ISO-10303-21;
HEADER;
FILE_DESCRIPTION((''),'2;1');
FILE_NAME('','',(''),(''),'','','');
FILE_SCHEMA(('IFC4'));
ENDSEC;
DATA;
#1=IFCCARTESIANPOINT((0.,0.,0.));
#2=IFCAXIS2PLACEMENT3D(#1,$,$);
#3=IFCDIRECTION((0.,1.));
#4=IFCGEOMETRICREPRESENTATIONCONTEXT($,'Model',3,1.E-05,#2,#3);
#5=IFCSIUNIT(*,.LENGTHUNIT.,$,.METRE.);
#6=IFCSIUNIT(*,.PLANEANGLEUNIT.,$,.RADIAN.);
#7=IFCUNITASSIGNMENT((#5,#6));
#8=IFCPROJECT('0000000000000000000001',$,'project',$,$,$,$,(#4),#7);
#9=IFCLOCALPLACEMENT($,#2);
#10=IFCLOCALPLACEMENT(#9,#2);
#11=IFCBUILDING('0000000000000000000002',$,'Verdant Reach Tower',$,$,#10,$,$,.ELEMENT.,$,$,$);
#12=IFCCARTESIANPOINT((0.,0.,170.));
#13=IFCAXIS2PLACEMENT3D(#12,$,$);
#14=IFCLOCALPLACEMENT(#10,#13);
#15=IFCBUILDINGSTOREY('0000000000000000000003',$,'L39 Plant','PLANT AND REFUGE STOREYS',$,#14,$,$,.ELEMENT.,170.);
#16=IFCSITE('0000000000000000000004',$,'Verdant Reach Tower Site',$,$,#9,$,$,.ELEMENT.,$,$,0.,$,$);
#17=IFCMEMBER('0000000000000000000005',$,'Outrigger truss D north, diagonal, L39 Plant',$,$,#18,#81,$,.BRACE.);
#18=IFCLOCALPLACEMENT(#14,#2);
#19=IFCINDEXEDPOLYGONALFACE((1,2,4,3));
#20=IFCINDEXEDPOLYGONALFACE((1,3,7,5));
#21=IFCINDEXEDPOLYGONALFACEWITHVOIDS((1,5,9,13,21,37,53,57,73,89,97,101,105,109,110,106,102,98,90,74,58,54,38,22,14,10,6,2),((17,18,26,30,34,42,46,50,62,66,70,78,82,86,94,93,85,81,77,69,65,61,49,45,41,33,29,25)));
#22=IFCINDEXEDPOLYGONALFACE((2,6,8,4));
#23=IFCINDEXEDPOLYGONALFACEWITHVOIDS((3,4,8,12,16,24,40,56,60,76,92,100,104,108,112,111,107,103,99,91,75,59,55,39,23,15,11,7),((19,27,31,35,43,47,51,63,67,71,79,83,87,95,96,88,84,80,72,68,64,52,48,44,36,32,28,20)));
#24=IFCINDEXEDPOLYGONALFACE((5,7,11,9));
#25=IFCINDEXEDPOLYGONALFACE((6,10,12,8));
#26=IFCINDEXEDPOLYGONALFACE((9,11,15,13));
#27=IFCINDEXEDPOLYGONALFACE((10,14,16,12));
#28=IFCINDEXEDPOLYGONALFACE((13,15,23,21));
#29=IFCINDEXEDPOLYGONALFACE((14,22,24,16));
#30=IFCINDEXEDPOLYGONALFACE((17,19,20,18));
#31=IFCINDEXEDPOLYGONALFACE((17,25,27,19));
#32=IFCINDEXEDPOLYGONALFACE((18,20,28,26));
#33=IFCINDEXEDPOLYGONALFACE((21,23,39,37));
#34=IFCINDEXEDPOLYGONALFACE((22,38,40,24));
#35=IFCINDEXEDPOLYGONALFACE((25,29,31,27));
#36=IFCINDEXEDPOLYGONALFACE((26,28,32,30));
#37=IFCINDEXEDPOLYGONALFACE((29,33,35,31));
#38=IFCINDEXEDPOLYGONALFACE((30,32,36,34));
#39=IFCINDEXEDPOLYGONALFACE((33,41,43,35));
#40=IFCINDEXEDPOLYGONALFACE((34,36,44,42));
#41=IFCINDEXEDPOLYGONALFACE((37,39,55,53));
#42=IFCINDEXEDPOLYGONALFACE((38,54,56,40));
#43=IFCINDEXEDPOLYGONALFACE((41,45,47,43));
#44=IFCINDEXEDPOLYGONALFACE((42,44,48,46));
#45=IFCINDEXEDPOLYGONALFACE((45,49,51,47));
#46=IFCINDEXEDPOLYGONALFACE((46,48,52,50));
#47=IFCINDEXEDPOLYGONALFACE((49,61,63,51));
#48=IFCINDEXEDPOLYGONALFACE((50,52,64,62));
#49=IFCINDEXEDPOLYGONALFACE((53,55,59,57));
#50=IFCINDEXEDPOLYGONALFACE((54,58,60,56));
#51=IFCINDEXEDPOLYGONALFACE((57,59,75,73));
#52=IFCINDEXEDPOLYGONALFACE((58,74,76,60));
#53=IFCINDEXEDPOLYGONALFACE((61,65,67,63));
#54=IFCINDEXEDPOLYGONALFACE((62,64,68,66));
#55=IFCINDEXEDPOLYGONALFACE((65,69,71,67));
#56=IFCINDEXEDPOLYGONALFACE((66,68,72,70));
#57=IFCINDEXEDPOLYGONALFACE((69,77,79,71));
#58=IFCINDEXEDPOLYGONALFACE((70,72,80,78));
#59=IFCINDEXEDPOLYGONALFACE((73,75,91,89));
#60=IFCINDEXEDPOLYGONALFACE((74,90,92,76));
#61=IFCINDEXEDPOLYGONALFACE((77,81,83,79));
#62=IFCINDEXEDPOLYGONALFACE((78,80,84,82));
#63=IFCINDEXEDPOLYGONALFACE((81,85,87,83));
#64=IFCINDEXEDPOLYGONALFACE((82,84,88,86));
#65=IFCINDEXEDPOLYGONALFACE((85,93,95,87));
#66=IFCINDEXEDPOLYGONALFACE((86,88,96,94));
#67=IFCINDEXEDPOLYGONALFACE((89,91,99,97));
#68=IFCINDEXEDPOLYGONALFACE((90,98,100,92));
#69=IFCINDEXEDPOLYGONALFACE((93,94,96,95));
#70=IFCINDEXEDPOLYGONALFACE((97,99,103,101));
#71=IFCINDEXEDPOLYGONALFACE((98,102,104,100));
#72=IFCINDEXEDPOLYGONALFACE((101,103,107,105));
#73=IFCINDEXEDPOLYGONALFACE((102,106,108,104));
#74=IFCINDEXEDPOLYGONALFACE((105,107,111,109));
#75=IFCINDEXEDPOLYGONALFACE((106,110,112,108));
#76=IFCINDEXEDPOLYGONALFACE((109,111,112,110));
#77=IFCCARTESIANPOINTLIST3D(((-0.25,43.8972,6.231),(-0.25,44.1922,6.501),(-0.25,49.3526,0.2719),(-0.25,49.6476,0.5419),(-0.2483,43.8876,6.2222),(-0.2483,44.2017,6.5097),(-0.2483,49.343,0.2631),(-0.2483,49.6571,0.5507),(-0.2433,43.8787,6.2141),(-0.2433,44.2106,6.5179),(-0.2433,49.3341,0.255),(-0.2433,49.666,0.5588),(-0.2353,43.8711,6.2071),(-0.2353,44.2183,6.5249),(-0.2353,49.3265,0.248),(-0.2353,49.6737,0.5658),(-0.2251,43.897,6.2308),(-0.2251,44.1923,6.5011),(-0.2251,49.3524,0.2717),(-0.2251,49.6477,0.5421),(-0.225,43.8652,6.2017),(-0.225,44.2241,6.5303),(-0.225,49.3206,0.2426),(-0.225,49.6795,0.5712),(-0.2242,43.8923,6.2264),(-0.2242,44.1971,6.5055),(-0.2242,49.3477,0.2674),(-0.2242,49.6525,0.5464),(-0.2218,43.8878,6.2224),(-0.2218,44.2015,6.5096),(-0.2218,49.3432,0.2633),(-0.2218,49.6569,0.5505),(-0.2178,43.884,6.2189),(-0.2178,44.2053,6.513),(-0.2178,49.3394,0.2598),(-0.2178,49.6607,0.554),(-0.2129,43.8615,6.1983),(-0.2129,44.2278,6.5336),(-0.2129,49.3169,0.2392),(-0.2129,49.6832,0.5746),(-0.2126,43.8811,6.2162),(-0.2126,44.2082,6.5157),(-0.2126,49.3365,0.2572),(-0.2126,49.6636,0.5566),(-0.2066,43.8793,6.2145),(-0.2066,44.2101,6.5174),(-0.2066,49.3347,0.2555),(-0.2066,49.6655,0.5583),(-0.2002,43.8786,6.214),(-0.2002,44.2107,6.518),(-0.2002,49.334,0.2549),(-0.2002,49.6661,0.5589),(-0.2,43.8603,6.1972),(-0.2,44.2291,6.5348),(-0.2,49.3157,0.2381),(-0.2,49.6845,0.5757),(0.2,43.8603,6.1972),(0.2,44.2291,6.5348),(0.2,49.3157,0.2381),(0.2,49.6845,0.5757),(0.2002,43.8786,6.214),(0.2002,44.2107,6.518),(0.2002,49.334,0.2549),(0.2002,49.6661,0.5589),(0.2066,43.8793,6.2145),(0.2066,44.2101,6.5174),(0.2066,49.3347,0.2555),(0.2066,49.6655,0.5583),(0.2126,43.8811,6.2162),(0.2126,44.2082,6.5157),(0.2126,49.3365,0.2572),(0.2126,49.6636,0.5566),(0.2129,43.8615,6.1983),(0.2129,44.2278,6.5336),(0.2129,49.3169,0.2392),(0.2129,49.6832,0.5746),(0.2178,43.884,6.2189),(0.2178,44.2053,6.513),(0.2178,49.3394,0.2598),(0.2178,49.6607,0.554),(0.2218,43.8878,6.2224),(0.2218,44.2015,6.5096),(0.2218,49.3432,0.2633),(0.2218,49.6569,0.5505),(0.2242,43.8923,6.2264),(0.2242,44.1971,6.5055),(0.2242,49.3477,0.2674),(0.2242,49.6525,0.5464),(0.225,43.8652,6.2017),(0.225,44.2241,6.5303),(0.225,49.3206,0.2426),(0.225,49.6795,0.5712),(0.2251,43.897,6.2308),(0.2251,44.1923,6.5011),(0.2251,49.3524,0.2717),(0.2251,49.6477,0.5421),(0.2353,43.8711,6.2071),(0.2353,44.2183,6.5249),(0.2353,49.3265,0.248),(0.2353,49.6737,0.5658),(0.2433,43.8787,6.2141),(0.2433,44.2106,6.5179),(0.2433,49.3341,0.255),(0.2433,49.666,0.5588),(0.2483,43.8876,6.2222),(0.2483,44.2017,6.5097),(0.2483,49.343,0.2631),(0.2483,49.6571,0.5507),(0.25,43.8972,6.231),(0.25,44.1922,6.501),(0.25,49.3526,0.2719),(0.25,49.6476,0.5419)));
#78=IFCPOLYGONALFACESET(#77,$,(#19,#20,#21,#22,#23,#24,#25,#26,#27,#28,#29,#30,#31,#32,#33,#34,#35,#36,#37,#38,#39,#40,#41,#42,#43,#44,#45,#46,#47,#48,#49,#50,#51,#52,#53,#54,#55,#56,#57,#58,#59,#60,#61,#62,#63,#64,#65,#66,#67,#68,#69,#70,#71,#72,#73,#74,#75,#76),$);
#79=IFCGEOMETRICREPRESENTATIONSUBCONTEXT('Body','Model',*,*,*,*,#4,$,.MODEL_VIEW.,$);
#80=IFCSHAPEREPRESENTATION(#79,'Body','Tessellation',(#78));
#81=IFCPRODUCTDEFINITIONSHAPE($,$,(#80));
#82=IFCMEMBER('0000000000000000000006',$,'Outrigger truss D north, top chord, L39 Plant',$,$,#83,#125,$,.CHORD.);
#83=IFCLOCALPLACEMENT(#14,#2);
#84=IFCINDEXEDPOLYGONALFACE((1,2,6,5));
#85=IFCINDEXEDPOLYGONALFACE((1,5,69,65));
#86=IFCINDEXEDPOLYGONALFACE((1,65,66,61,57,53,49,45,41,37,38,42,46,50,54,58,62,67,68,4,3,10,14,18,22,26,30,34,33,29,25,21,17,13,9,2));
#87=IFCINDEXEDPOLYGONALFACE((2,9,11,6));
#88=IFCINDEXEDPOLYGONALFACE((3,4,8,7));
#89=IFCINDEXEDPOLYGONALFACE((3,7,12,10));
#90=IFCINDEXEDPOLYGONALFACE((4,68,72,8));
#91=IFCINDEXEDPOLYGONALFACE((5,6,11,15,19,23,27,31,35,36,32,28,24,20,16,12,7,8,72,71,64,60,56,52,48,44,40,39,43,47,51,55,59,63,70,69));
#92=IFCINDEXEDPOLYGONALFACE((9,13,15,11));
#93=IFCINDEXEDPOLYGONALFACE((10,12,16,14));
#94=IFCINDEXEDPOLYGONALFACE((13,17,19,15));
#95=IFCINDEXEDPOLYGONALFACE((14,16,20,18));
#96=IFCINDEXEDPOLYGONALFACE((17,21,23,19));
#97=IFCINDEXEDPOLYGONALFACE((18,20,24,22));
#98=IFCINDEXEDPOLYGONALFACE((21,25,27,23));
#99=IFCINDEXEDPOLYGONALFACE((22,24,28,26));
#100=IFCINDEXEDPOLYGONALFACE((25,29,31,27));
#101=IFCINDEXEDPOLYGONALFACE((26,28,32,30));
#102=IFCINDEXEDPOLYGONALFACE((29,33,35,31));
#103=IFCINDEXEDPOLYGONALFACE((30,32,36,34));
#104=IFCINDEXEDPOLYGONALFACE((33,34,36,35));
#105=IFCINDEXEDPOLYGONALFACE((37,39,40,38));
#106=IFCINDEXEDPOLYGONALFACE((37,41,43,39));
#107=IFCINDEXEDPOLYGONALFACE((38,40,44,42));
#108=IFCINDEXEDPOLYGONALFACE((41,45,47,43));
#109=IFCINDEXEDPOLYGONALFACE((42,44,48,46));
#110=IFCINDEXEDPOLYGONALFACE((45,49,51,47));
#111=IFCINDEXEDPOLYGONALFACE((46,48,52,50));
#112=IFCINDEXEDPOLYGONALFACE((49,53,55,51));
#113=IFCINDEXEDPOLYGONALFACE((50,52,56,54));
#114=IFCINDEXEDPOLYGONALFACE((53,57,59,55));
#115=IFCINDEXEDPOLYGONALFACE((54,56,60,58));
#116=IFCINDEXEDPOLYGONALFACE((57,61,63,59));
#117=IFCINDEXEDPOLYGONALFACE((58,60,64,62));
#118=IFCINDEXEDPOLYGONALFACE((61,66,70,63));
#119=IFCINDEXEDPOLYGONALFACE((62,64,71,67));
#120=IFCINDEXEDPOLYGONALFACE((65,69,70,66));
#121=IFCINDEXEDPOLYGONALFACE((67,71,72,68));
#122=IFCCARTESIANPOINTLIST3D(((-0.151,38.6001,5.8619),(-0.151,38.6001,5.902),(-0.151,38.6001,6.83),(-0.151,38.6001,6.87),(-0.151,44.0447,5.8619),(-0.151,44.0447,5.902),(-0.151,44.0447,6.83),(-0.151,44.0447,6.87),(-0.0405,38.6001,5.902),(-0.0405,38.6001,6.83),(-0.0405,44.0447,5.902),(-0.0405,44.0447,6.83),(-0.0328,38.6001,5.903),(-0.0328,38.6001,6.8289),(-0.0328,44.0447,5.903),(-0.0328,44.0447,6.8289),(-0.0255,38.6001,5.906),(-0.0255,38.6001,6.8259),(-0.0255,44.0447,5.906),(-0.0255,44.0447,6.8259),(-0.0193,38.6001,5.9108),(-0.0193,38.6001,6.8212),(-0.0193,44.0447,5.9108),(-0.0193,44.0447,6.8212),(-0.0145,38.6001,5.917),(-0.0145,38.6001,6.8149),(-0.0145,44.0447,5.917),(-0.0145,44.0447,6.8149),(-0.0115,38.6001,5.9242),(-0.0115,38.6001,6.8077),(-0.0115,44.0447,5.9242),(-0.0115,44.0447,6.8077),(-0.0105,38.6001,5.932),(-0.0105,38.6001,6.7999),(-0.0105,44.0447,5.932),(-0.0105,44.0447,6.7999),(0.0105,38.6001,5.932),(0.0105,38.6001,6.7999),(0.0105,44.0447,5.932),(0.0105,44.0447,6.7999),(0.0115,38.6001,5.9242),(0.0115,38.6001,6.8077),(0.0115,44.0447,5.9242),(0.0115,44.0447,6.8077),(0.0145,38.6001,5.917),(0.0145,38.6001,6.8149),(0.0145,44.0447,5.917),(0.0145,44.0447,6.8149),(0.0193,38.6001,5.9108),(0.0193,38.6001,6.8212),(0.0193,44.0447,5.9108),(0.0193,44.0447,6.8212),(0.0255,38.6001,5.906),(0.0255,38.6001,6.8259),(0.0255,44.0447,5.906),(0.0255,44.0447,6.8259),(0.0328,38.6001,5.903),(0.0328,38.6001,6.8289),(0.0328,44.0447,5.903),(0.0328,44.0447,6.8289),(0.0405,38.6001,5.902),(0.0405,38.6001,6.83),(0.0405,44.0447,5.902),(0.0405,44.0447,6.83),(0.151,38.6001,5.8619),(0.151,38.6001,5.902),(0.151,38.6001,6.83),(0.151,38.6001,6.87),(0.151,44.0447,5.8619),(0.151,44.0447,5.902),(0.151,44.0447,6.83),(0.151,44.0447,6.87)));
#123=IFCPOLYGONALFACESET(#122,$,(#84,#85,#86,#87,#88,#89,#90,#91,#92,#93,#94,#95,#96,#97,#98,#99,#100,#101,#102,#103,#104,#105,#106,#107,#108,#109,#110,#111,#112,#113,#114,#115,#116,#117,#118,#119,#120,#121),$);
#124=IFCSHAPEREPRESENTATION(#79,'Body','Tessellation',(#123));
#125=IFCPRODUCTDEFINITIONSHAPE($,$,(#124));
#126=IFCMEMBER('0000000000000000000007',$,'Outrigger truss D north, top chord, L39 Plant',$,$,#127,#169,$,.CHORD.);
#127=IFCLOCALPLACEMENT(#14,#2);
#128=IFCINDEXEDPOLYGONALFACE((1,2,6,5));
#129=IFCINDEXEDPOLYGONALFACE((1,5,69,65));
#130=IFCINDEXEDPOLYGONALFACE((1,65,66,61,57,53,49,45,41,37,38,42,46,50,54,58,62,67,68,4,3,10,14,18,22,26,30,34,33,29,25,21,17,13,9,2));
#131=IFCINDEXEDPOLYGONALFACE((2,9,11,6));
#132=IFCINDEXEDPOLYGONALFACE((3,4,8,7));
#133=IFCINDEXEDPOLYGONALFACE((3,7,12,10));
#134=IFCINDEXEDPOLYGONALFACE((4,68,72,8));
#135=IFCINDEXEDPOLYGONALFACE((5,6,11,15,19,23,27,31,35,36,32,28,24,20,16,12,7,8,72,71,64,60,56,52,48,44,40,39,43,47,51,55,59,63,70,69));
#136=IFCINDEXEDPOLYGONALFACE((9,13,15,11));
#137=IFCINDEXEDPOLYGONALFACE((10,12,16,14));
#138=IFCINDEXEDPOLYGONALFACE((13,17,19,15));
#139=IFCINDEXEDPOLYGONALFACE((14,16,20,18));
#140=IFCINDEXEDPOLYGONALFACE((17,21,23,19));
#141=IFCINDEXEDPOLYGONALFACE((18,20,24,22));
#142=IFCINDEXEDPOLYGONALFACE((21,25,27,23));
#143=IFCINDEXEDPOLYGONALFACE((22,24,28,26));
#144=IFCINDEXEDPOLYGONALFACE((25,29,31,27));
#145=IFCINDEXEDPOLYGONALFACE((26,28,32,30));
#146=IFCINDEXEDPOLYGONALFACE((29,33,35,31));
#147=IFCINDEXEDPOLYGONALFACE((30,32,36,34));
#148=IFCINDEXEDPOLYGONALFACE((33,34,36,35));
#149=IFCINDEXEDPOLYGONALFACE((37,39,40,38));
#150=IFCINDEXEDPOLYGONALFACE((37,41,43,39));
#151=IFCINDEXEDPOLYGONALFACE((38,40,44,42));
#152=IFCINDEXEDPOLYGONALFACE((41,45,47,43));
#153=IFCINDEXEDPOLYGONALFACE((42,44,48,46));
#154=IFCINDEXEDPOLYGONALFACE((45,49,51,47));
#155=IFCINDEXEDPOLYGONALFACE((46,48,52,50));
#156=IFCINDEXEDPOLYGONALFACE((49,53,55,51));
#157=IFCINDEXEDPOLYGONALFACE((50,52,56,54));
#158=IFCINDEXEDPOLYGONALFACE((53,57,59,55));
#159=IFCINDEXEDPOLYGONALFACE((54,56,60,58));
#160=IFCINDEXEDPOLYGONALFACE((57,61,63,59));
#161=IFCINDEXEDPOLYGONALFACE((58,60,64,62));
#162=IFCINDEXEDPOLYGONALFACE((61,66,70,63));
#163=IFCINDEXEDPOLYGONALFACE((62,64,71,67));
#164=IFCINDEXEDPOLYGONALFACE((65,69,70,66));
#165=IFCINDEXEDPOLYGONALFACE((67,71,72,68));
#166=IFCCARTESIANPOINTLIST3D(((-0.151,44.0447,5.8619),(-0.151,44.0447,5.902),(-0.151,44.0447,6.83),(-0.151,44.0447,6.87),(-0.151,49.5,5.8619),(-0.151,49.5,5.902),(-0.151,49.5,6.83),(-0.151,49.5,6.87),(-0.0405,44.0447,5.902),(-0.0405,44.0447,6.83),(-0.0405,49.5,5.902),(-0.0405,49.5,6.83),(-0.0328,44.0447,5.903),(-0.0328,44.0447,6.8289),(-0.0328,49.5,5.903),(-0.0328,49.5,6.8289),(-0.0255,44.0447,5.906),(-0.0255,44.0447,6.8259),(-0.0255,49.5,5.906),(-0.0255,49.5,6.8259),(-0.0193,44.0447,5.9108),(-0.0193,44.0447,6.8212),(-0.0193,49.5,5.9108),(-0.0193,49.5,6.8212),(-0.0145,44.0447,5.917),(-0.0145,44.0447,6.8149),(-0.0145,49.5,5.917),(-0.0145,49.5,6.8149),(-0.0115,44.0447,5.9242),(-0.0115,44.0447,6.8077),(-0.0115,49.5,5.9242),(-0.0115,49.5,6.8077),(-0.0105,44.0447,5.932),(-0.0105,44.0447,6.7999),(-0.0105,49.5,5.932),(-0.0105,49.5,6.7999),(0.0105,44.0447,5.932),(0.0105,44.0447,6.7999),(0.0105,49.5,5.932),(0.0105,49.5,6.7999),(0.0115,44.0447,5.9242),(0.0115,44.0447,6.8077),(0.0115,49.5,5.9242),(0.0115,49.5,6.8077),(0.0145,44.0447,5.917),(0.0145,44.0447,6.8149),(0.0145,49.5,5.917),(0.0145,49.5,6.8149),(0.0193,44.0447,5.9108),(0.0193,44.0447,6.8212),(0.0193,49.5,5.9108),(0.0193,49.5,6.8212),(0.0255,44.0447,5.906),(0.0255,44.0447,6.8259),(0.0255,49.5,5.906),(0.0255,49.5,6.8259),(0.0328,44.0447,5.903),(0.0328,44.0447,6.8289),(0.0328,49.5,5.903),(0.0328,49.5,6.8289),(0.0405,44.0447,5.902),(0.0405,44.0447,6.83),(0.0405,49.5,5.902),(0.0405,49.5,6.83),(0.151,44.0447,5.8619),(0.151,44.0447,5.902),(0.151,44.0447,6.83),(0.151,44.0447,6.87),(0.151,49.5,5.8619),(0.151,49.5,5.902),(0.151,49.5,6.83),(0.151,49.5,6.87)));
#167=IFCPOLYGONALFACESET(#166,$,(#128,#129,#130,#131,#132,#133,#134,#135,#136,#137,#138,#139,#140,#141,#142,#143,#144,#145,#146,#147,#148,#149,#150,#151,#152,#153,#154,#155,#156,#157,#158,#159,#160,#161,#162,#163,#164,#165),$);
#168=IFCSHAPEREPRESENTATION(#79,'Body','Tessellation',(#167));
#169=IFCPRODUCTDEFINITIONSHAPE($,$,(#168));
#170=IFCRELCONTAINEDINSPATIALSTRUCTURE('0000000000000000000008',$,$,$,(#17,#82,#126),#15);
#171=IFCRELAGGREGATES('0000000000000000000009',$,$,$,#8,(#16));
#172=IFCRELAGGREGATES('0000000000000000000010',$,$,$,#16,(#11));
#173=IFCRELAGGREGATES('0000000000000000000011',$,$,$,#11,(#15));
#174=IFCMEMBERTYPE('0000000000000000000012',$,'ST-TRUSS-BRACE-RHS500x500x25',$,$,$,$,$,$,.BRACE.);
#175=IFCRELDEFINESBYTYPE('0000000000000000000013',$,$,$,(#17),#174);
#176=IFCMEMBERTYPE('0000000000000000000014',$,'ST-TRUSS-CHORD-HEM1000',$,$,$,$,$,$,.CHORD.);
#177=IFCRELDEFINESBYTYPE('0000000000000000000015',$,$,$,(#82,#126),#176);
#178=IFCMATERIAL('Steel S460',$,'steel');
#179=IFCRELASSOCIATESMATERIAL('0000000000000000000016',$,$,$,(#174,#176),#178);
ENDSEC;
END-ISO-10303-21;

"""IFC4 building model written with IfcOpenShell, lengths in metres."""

from ifc_helpers import new_model, si_unit, direction, frame, origin, origin_2d, place, context, subcontext, project, spatial, hollow_rectangle, i_section, extrude, material, material_profile, profile_set, type_object, element, save


model = new_model("IFC4")

# Units and contexts
model_context = context("Model", 3, precision=1e-05, world=origin(), true_north=direction((0.0, 1.0)))
body_context = subcontext(model_context, "Body", "Model", "MODEL_VIEW")
ifc_project = project(units=[si_unit("LENGTHUNIT", "METRE"), si_unit("PLANEANGLEUNIT", "RADIAN")], contexts=[model_context])

# Site, building, storey
site_placement = place(None, origin())
site = spatial("IfcSite", under=ifc_project, at=site_placement, Name="Verdant Reach Tower Site", CompositionType="ELEMENT", RefElevation=0.0)
building_placement = place(site_placement, origin())
building = spatial("IfcBuilding", under=site, at=building_placement, Name="Verdant Reach Tower", CompositionType="ELEMENT")
storey_placement = place(building_placement, frame((0.0, 0.0, 170.0)))
storey = spatial("IfcBuildingStorey", under=building, at=storey_placement, Name="L39 Plant", Description="PLANT AND REFUGE STOREYS", CompositionType="ELEMENT", Elevation=170.0)

# Members
ifc_material_1 = material(Name="Steel S460", Category="steel")
ifc_material_profile_1 = material_profile(ifc_material_1, hollow_rectangle(XDim=0.5, YDim=0.5, WallThickness=0.0249, InnerFilletRadius=0.0249, OuterFilletRadius=0.05, at=origin_2d()), Name="RHS 500x500x25")
ifc_profile_set_1 = profile_set([ifc_material_profile_1], Name="Steel S460")
member_type_1 = type_object("IfcMemberType", Name="ST-TRUSS-BRACE-RHS500x500x25", PredefinedType="BRACE", material=ifc_profile_set_1)
member_1_placement = place(storey_placement, frame((0.0, 44.0447, 6.366), z_axis=(0.0, 0.675248, -0.737591), x_axis=(-1.0, 0.0, 0.0)))
element("IfcMember", 1, at=member_1_placement, inside=storey, type_object=member_type_1, Name="Outrigger truss D north, diagonal, L39 Plant", PredefinedType="BRACE", context=body_context, shape_type="SweptSolid", body=[
    extrude(hollow_rectangle(XDim=0.5, YDim=0.5, WallThickness=0.0249, InnerFilletRadius=0.0249, OuterFilletRadius=0.05, at=origin_2d()), origin(), (0.0, 0.0, 1.0), 8.0791),
])
ifc_material_profile_2 = material_profile(ifc_material_1, i_section(OverallWidth=0.302, OverallDepth=1.0081, WebThickness=0.021, FlangeThickness=0.04, FilletRadius=0.03, at=origin_2d()), Name="HEM 1000")
ifc_profile_set_2 = profile_set([ifc_material_profile_2], Name="Steel S460")
member_type_2 = type_object("IfcMemberType", Name="ST-TRUSS-CHORD-HEM1000", PredefinedType="CHORD", material=ifc_profile_set_2)
member_2_placement = place(storey_placement, frame((0.0, 38.6001, 6.366), z_axis=(0.0, 1.0, 0.0), x_axis=(-1.0, 0.0, 0.0)))
element("IfcMember", 2, at=member_2_placement, inside=storey, type_object=member_type_2, Name="Outrigger truss D north, top chord, L39 Plant", PredefinedType="CHORD", context=body_context, shape_type="SweptSolid", body=[
    extrude(i_section(OverallWidth=0.302, OverallDepth=1.0081, WebThickness=0.021, FlangeThickness=0.04, FilletRadius=0.03, at=origin_2d()), origin(), (0.0, 0.0, 1.0), 5.4446),
])
member_3_placement = place(storey_placement, frame((0.0, 44.0447, 6.366), z_axis=(0.0, 1.0, 0.0), x_axis=(-1.0, 0.0, 0.0)))
element("IfcMember", 3, at=member_3_placement, inside=storey, type_object=member_type_2, Name="Outrigger truss D north, top chord, L39 Plant", PredefinedType="CHORD", context=body_context, shape_type="SweptSolid", body=[
    extrude(i_section(OverallWidth=0.302, OverallDepth=1.0081, WebThickness=0.021, FlangeThickness=0.04, FilletRadius=0.03, at=origin_2d()), origin(), (0.0, 0.0, 1.0), 5.4553),
])

save(model, "model.ifc")
